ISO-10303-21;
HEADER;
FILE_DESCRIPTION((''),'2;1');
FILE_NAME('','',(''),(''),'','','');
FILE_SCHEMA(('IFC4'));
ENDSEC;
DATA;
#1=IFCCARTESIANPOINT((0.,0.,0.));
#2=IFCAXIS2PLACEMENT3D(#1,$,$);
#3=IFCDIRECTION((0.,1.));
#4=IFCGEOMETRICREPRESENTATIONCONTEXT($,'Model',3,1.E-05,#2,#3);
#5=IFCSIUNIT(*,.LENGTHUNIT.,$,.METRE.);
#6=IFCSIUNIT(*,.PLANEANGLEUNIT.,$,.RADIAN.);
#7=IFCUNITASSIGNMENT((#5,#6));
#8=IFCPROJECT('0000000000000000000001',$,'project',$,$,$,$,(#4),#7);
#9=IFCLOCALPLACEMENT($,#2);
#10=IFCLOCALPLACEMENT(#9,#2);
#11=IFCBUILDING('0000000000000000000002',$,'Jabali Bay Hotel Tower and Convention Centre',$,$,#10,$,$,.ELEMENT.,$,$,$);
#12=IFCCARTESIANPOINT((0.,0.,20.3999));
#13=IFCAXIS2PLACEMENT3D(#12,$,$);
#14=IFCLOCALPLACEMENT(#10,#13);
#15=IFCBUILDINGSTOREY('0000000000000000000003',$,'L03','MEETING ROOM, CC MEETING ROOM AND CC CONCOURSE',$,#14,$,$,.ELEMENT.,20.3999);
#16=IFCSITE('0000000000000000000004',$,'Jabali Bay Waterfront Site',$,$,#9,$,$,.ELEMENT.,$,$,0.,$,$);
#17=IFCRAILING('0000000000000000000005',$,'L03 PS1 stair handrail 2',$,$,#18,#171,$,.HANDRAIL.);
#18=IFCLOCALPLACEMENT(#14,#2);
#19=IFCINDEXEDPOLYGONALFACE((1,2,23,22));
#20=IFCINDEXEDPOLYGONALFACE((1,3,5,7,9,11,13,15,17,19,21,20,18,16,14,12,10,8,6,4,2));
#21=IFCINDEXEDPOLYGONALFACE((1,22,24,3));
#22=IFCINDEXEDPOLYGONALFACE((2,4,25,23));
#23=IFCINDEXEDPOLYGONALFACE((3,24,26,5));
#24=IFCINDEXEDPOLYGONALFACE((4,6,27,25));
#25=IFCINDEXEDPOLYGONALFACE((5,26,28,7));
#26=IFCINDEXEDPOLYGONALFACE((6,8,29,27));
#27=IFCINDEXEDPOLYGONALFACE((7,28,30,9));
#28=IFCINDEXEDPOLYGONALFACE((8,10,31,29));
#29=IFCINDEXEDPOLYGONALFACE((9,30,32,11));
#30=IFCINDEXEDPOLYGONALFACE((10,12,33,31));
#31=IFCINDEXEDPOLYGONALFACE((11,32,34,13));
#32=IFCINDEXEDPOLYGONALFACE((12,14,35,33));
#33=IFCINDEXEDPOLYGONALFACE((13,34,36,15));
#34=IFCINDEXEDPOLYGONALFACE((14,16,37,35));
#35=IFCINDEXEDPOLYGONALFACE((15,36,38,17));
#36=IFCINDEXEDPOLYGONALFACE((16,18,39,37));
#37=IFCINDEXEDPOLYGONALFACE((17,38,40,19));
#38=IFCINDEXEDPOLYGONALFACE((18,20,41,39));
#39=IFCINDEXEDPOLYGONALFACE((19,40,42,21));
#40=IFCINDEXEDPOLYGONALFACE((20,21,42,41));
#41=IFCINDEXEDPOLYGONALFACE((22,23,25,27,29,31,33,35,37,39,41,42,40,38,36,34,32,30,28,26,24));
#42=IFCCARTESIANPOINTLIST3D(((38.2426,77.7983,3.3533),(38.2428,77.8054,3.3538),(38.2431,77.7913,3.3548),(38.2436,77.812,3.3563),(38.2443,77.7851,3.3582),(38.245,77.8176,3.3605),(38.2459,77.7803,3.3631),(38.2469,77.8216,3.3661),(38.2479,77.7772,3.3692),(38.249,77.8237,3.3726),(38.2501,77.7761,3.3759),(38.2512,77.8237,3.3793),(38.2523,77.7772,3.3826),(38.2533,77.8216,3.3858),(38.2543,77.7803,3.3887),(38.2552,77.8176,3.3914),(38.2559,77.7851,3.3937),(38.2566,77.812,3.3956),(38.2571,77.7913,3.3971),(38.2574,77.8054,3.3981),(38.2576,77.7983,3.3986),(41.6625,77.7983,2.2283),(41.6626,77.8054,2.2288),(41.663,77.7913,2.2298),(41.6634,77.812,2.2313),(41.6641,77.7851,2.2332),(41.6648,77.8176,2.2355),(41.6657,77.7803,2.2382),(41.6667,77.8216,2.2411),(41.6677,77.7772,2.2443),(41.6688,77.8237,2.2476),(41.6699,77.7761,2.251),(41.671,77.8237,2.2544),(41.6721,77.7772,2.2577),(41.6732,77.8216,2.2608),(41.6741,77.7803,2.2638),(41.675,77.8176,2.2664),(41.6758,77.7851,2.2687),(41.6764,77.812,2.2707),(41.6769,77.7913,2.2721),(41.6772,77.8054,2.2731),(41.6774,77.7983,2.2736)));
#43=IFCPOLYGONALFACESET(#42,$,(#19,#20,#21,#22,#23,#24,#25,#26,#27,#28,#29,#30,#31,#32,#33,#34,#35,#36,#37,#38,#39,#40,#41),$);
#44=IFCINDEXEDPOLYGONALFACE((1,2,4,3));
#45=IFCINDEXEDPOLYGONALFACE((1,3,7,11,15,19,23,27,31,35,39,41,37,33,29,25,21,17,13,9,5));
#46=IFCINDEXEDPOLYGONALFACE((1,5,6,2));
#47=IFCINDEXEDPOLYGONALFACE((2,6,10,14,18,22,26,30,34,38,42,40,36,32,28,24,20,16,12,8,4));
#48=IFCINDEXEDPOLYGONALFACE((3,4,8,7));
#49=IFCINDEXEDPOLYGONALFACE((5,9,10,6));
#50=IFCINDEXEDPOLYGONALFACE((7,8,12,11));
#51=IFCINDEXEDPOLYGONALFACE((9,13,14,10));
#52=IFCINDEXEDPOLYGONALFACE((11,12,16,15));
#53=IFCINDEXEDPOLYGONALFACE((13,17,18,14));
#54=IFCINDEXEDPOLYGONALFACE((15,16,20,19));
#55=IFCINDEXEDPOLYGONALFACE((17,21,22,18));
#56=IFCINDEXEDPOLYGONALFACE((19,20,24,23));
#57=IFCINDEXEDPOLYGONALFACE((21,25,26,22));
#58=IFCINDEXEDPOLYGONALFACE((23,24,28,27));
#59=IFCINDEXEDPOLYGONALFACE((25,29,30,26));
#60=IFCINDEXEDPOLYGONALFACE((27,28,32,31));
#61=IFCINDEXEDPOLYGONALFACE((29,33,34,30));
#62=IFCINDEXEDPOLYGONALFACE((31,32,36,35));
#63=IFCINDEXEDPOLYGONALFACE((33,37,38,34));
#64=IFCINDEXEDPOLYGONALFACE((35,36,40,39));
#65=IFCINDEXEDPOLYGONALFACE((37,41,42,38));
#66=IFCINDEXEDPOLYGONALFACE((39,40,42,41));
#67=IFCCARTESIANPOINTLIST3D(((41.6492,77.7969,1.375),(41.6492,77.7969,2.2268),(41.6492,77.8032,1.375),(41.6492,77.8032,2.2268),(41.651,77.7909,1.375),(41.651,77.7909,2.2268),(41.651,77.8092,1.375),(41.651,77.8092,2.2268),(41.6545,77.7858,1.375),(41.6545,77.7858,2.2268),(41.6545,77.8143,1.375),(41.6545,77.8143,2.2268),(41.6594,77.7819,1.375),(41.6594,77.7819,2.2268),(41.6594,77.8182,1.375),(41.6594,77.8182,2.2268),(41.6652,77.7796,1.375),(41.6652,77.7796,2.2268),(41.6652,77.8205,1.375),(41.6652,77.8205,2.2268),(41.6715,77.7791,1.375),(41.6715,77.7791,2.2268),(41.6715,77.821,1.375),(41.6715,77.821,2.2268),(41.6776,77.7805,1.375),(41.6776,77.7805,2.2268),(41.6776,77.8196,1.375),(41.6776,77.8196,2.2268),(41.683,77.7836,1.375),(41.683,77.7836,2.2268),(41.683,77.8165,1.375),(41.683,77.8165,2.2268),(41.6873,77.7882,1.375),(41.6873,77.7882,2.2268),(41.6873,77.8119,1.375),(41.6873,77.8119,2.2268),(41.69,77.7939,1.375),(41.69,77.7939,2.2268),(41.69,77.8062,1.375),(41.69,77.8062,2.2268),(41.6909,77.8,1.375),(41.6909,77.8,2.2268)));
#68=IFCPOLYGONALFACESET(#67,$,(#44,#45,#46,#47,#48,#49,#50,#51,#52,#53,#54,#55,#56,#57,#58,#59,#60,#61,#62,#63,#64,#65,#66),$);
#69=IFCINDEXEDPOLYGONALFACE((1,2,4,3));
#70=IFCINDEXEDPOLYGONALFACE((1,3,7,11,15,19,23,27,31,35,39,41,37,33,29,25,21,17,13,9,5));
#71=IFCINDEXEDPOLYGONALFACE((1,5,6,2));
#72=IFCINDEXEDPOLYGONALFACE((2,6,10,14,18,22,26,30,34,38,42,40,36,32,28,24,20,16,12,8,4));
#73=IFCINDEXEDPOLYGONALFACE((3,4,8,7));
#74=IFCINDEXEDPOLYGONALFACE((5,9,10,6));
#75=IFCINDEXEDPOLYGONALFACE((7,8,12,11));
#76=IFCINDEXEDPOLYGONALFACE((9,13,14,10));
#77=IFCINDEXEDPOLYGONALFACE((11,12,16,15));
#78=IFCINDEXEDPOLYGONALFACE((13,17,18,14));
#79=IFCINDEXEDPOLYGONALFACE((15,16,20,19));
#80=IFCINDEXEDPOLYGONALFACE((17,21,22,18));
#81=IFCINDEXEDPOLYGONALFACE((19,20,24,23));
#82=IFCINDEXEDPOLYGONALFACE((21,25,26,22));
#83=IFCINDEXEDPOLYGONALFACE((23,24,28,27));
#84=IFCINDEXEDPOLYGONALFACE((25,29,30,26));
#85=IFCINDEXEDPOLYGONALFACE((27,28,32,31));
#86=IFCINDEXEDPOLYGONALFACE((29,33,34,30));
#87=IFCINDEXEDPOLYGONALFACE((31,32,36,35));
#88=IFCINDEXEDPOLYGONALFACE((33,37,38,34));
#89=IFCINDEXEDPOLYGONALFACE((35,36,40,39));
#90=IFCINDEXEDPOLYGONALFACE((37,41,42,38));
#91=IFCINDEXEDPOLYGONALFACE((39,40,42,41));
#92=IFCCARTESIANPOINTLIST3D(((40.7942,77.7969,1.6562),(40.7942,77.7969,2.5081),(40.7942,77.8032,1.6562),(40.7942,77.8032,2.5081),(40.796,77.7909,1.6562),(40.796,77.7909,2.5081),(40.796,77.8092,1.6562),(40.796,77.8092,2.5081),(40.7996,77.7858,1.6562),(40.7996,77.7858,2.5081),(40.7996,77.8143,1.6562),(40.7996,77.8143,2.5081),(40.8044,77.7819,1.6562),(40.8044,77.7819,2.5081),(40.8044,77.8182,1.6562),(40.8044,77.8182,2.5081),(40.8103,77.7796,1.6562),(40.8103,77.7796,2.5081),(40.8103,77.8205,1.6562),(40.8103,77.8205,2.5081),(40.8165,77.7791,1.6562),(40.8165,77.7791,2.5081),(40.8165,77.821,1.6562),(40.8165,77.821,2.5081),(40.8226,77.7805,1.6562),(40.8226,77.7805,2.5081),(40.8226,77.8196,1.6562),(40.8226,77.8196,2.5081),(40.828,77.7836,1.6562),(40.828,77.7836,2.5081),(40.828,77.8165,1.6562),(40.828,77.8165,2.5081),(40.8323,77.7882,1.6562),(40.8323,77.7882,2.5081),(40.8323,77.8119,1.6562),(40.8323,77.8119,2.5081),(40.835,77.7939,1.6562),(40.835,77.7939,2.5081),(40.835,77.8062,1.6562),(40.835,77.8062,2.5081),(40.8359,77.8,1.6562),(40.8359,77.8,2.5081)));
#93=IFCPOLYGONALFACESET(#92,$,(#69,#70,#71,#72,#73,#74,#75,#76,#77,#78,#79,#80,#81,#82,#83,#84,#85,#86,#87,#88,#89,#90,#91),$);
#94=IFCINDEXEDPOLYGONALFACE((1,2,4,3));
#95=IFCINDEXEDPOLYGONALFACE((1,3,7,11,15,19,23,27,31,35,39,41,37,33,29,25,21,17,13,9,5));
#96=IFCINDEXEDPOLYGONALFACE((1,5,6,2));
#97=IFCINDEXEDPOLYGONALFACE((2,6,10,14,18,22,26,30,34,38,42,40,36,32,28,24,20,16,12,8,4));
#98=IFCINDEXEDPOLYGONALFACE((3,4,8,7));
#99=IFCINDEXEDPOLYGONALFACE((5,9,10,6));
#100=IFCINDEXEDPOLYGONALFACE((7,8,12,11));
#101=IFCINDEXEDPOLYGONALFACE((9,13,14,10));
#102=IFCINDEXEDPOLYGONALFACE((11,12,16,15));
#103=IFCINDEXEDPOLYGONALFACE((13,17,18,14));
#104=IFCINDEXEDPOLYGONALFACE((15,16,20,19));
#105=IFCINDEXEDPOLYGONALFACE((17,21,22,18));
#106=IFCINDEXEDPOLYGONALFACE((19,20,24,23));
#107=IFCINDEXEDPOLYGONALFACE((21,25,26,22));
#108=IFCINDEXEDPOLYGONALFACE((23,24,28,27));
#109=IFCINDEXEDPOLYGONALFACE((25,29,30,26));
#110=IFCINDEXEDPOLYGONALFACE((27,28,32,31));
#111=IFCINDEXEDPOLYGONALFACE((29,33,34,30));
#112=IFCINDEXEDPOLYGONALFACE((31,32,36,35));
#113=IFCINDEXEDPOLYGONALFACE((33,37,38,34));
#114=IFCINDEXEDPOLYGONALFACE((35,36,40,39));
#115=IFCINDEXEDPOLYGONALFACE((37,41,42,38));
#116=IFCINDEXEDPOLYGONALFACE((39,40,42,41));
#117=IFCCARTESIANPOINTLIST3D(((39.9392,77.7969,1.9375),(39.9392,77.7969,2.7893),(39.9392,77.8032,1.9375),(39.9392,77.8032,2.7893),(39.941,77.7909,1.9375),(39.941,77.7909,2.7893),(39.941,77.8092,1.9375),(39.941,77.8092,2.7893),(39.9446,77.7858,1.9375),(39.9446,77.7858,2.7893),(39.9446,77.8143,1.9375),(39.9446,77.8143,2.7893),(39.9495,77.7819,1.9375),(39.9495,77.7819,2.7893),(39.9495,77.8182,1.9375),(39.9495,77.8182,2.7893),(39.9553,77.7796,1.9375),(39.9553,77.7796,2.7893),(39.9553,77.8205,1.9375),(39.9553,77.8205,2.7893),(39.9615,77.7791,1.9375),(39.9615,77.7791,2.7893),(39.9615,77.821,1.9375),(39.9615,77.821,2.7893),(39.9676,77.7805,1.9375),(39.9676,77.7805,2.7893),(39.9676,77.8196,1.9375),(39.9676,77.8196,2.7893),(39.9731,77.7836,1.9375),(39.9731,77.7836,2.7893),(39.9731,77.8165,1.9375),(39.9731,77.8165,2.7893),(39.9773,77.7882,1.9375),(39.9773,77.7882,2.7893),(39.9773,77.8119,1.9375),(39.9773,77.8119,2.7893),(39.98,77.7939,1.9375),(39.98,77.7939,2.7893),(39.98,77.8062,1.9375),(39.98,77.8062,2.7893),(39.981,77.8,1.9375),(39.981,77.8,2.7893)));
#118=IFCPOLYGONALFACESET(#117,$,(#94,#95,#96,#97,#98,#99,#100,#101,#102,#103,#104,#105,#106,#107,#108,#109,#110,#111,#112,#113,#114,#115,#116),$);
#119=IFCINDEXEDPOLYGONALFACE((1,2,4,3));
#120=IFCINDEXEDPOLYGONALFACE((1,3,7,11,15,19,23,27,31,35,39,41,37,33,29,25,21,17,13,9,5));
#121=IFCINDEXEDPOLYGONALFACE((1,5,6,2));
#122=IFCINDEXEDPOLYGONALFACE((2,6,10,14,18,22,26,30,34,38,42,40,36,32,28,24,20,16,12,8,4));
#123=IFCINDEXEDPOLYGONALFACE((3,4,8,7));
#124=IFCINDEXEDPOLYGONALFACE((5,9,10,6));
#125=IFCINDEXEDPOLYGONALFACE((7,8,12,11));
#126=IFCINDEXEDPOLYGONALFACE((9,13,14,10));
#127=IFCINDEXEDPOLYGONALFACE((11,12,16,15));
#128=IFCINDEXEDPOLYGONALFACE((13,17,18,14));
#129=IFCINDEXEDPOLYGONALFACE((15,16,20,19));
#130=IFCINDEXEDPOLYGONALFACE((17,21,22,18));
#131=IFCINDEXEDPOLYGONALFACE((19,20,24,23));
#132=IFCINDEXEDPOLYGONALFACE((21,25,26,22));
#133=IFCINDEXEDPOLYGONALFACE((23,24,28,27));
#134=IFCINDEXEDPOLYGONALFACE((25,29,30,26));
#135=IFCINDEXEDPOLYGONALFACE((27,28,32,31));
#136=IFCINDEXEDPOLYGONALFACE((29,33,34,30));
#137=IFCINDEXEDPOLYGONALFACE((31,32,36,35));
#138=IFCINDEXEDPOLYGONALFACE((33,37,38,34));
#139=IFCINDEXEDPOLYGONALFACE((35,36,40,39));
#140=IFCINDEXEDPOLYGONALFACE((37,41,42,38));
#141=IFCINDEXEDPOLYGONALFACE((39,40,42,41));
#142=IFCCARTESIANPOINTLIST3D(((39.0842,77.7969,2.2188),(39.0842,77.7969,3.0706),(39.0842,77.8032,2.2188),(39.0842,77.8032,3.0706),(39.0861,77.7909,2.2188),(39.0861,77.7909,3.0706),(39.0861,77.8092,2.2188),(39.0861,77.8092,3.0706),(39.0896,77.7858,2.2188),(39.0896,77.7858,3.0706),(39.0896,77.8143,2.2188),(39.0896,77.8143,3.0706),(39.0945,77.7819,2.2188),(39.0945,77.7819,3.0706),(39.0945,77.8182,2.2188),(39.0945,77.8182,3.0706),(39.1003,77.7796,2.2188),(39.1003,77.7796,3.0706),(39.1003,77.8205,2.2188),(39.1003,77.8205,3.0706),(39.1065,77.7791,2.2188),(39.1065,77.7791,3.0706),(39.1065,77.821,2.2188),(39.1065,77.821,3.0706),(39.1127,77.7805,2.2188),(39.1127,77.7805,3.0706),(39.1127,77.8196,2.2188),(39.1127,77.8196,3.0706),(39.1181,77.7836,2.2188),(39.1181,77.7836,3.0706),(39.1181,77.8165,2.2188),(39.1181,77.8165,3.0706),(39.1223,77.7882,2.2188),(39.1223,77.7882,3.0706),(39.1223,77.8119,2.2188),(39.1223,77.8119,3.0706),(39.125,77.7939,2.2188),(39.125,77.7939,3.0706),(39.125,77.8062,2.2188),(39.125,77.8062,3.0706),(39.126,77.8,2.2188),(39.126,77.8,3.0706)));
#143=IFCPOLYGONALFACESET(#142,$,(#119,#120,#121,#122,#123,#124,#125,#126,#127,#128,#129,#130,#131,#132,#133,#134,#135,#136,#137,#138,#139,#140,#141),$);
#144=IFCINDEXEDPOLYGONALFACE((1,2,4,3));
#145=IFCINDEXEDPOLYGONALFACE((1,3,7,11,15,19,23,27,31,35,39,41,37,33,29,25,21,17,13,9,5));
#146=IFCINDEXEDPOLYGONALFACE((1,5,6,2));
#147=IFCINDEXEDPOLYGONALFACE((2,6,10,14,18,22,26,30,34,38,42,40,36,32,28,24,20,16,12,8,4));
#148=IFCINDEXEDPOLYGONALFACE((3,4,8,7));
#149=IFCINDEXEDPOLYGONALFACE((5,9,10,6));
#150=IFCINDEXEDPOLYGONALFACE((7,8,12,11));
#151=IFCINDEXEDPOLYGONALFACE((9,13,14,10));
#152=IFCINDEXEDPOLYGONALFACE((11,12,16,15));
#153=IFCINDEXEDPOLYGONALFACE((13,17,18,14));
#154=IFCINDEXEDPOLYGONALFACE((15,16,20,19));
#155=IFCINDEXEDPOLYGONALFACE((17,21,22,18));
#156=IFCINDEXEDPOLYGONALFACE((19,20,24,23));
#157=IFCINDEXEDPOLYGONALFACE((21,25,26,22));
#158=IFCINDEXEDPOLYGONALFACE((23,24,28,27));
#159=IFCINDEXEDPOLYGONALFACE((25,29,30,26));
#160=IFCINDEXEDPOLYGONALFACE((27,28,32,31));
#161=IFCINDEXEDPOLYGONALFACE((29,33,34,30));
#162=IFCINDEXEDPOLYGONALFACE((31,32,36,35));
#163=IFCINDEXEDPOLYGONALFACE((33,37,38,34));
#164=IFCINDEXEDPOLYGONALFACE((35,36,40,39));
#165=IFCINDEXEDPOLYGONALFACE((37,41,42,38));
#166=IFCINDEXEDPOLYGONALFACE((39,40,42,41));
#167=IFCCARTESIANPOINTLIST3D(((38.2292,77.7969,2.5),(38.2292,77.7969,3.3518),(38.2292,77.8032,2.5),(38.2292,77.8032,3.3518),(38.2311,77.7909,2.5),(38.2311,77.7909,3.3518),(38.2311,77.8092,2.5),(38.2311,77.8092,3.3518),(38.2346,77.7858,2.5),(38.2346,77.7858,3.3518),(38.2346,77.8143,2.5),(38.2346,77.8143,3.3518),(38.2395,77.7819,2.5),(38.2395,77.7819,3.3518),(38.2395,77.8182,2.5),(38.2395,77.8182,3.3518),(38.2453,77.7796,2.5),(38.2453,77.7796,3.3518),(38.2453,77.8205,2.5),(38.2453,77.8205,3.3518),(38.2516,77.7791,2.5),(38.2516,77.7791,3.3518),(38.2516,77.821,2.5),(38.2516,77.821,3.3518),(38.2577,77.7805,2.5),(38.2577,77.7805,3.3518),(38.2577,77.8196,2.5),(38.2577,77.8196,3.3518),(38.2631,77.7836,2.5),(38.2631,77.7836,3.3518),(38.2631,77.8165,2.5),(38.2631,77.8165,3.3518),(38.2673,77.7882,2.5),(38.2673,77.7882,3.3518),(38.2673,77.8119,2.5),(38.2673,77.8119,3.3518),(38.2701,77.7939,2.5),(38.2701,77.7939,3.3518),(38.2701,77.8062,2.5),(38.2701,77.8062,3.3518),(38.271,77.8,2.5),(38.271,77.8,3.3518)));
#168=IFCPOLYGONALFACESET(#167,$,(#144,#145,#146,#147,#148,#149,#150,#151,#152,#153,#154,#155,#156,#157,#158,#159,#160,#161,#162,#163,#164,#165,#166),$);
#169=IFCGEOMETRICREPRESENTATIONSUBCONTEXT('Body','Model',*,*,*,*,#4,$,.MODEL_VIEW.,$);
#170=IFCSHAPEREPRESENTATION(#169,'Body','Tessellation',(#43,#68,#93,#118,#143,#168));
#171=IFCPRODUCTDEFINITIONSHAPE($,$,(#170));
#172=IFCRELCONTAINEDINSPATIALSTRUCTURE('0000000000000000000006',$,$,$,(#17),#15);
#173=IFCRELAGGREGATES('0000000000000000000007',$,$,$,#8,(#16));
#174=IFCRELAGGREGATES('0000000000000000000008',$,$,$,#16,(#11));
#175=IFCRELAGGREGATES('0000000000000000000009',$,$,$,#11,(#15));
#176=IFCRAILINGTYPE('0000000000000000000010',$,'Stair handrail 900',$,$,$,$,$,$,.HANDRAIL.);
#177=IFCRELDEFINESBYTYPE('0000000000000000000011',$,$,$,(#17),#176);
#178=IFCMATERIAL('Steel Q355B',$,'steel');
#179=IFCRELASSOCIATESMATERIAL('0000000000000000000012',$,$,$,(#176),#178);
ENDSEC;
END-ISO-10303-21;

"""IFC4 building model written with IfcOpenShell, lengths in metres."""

from ifc_helpers import new_model, si_unit, direction, frame, origin, origin_2d, place, context, subcontext, project, spatial, circle, extrude, material, type_object, element, save


model = new_model("IFC4")

# Units and contexts
model_context = context("Model", 3, precision=1e-05, world=origin(), true_north=direction((0.0, 1.0)))
body_context = subcontext(model_context, "Body", "Model", "MODEL_VIEW")
ifc_project = project(units=[si_unit("LENGTHUNIT", "METRE"), si_unit("PLANEANGLEUNIT", "RADIAN")], contexts=[model_context])

# Site, building, storey
site_placement = place(None, origin())
site = spatial("IfcSite", under=ifc_project, at=site_placement, Name="Jabali Bay Waterfront Site", CompositionType="ELEMENT", RefElevation=0.0)
building_placement = place(site_placement, origin())
building = spatial("IfcBuilding", under=site, at=building_placement, Name="Jabali Bay Hotel Tower and Convention Centre", CompositionType="ELEMENT")
storey_placement = place(building_placement, frame((0.0, 0.0, 20.3999)))
storey = spatial("IfcBuildingStorey", under=building, at=storey_placement, Name="L03", Description="MEETING ROOM, CC MEETING ROOM AND CC CONCOURSE", CompositionType="ELEMENT", Elevation=20.3999)

# Railing
ifc_material_1 = material(Name="Steel Q355B", Category="steel")
railing_type_1 = type_object("IfcRailingType", Name="Stair handrail 900", PredefinedType="HANDRAIL", material=ifc_material_1)
for number, where, name in (
    (1, (41.6699, 77.8, 1.375), "L03 PS1 stair handrail 2"),
):
    element("IfcRailing", number, at=place(storey_placement, frame(where)), inside=storey, type_object=railing_type_1, Name=name, PredefinedType="HANDRAIL", context=body_context, shape_type="SweptSolid", body=[
        extrude(circle(Radius=0.0239, at=origin_2d()), frame((0.0, 0.0, 0.876), z_axis=(-0.949924, 0.0, 0.312482), x_axis=(0.0, -1.0, 0.0)), (0.0, 0.0, 1.0), 3.6001),
        extrude(circle(Radius=0.021, at=origin_2d()), origin(), (0.0, 0.0, 1.0), 0.8518),
        extrude(circle(Radius=0.021, at=origin_2d()), frame((-0.855, 0.0, 0.2812)), (0.0, 0.0, 1.0), 0.8518),
        extrude(circle(Radius=0.021, at=origin_2d()), frame((-1.71, 0.0, 0.5625)), (0.0, 0.0, 1.0), 0.8518),
        extrude(circle(Radius=0.021, at=origin_2d()), frame((-2.5649, 0.0, 0.8438)), (0.0, 0.0, 1.0), 0.8518),
        extrude(circle(Radius=0.021, at=origin_2d()), frame((-3.4199, 0.0, 1.125)), (0.0, 0.0, 1.0), 0.8518),
    ])

save(model, "model.ifc")
